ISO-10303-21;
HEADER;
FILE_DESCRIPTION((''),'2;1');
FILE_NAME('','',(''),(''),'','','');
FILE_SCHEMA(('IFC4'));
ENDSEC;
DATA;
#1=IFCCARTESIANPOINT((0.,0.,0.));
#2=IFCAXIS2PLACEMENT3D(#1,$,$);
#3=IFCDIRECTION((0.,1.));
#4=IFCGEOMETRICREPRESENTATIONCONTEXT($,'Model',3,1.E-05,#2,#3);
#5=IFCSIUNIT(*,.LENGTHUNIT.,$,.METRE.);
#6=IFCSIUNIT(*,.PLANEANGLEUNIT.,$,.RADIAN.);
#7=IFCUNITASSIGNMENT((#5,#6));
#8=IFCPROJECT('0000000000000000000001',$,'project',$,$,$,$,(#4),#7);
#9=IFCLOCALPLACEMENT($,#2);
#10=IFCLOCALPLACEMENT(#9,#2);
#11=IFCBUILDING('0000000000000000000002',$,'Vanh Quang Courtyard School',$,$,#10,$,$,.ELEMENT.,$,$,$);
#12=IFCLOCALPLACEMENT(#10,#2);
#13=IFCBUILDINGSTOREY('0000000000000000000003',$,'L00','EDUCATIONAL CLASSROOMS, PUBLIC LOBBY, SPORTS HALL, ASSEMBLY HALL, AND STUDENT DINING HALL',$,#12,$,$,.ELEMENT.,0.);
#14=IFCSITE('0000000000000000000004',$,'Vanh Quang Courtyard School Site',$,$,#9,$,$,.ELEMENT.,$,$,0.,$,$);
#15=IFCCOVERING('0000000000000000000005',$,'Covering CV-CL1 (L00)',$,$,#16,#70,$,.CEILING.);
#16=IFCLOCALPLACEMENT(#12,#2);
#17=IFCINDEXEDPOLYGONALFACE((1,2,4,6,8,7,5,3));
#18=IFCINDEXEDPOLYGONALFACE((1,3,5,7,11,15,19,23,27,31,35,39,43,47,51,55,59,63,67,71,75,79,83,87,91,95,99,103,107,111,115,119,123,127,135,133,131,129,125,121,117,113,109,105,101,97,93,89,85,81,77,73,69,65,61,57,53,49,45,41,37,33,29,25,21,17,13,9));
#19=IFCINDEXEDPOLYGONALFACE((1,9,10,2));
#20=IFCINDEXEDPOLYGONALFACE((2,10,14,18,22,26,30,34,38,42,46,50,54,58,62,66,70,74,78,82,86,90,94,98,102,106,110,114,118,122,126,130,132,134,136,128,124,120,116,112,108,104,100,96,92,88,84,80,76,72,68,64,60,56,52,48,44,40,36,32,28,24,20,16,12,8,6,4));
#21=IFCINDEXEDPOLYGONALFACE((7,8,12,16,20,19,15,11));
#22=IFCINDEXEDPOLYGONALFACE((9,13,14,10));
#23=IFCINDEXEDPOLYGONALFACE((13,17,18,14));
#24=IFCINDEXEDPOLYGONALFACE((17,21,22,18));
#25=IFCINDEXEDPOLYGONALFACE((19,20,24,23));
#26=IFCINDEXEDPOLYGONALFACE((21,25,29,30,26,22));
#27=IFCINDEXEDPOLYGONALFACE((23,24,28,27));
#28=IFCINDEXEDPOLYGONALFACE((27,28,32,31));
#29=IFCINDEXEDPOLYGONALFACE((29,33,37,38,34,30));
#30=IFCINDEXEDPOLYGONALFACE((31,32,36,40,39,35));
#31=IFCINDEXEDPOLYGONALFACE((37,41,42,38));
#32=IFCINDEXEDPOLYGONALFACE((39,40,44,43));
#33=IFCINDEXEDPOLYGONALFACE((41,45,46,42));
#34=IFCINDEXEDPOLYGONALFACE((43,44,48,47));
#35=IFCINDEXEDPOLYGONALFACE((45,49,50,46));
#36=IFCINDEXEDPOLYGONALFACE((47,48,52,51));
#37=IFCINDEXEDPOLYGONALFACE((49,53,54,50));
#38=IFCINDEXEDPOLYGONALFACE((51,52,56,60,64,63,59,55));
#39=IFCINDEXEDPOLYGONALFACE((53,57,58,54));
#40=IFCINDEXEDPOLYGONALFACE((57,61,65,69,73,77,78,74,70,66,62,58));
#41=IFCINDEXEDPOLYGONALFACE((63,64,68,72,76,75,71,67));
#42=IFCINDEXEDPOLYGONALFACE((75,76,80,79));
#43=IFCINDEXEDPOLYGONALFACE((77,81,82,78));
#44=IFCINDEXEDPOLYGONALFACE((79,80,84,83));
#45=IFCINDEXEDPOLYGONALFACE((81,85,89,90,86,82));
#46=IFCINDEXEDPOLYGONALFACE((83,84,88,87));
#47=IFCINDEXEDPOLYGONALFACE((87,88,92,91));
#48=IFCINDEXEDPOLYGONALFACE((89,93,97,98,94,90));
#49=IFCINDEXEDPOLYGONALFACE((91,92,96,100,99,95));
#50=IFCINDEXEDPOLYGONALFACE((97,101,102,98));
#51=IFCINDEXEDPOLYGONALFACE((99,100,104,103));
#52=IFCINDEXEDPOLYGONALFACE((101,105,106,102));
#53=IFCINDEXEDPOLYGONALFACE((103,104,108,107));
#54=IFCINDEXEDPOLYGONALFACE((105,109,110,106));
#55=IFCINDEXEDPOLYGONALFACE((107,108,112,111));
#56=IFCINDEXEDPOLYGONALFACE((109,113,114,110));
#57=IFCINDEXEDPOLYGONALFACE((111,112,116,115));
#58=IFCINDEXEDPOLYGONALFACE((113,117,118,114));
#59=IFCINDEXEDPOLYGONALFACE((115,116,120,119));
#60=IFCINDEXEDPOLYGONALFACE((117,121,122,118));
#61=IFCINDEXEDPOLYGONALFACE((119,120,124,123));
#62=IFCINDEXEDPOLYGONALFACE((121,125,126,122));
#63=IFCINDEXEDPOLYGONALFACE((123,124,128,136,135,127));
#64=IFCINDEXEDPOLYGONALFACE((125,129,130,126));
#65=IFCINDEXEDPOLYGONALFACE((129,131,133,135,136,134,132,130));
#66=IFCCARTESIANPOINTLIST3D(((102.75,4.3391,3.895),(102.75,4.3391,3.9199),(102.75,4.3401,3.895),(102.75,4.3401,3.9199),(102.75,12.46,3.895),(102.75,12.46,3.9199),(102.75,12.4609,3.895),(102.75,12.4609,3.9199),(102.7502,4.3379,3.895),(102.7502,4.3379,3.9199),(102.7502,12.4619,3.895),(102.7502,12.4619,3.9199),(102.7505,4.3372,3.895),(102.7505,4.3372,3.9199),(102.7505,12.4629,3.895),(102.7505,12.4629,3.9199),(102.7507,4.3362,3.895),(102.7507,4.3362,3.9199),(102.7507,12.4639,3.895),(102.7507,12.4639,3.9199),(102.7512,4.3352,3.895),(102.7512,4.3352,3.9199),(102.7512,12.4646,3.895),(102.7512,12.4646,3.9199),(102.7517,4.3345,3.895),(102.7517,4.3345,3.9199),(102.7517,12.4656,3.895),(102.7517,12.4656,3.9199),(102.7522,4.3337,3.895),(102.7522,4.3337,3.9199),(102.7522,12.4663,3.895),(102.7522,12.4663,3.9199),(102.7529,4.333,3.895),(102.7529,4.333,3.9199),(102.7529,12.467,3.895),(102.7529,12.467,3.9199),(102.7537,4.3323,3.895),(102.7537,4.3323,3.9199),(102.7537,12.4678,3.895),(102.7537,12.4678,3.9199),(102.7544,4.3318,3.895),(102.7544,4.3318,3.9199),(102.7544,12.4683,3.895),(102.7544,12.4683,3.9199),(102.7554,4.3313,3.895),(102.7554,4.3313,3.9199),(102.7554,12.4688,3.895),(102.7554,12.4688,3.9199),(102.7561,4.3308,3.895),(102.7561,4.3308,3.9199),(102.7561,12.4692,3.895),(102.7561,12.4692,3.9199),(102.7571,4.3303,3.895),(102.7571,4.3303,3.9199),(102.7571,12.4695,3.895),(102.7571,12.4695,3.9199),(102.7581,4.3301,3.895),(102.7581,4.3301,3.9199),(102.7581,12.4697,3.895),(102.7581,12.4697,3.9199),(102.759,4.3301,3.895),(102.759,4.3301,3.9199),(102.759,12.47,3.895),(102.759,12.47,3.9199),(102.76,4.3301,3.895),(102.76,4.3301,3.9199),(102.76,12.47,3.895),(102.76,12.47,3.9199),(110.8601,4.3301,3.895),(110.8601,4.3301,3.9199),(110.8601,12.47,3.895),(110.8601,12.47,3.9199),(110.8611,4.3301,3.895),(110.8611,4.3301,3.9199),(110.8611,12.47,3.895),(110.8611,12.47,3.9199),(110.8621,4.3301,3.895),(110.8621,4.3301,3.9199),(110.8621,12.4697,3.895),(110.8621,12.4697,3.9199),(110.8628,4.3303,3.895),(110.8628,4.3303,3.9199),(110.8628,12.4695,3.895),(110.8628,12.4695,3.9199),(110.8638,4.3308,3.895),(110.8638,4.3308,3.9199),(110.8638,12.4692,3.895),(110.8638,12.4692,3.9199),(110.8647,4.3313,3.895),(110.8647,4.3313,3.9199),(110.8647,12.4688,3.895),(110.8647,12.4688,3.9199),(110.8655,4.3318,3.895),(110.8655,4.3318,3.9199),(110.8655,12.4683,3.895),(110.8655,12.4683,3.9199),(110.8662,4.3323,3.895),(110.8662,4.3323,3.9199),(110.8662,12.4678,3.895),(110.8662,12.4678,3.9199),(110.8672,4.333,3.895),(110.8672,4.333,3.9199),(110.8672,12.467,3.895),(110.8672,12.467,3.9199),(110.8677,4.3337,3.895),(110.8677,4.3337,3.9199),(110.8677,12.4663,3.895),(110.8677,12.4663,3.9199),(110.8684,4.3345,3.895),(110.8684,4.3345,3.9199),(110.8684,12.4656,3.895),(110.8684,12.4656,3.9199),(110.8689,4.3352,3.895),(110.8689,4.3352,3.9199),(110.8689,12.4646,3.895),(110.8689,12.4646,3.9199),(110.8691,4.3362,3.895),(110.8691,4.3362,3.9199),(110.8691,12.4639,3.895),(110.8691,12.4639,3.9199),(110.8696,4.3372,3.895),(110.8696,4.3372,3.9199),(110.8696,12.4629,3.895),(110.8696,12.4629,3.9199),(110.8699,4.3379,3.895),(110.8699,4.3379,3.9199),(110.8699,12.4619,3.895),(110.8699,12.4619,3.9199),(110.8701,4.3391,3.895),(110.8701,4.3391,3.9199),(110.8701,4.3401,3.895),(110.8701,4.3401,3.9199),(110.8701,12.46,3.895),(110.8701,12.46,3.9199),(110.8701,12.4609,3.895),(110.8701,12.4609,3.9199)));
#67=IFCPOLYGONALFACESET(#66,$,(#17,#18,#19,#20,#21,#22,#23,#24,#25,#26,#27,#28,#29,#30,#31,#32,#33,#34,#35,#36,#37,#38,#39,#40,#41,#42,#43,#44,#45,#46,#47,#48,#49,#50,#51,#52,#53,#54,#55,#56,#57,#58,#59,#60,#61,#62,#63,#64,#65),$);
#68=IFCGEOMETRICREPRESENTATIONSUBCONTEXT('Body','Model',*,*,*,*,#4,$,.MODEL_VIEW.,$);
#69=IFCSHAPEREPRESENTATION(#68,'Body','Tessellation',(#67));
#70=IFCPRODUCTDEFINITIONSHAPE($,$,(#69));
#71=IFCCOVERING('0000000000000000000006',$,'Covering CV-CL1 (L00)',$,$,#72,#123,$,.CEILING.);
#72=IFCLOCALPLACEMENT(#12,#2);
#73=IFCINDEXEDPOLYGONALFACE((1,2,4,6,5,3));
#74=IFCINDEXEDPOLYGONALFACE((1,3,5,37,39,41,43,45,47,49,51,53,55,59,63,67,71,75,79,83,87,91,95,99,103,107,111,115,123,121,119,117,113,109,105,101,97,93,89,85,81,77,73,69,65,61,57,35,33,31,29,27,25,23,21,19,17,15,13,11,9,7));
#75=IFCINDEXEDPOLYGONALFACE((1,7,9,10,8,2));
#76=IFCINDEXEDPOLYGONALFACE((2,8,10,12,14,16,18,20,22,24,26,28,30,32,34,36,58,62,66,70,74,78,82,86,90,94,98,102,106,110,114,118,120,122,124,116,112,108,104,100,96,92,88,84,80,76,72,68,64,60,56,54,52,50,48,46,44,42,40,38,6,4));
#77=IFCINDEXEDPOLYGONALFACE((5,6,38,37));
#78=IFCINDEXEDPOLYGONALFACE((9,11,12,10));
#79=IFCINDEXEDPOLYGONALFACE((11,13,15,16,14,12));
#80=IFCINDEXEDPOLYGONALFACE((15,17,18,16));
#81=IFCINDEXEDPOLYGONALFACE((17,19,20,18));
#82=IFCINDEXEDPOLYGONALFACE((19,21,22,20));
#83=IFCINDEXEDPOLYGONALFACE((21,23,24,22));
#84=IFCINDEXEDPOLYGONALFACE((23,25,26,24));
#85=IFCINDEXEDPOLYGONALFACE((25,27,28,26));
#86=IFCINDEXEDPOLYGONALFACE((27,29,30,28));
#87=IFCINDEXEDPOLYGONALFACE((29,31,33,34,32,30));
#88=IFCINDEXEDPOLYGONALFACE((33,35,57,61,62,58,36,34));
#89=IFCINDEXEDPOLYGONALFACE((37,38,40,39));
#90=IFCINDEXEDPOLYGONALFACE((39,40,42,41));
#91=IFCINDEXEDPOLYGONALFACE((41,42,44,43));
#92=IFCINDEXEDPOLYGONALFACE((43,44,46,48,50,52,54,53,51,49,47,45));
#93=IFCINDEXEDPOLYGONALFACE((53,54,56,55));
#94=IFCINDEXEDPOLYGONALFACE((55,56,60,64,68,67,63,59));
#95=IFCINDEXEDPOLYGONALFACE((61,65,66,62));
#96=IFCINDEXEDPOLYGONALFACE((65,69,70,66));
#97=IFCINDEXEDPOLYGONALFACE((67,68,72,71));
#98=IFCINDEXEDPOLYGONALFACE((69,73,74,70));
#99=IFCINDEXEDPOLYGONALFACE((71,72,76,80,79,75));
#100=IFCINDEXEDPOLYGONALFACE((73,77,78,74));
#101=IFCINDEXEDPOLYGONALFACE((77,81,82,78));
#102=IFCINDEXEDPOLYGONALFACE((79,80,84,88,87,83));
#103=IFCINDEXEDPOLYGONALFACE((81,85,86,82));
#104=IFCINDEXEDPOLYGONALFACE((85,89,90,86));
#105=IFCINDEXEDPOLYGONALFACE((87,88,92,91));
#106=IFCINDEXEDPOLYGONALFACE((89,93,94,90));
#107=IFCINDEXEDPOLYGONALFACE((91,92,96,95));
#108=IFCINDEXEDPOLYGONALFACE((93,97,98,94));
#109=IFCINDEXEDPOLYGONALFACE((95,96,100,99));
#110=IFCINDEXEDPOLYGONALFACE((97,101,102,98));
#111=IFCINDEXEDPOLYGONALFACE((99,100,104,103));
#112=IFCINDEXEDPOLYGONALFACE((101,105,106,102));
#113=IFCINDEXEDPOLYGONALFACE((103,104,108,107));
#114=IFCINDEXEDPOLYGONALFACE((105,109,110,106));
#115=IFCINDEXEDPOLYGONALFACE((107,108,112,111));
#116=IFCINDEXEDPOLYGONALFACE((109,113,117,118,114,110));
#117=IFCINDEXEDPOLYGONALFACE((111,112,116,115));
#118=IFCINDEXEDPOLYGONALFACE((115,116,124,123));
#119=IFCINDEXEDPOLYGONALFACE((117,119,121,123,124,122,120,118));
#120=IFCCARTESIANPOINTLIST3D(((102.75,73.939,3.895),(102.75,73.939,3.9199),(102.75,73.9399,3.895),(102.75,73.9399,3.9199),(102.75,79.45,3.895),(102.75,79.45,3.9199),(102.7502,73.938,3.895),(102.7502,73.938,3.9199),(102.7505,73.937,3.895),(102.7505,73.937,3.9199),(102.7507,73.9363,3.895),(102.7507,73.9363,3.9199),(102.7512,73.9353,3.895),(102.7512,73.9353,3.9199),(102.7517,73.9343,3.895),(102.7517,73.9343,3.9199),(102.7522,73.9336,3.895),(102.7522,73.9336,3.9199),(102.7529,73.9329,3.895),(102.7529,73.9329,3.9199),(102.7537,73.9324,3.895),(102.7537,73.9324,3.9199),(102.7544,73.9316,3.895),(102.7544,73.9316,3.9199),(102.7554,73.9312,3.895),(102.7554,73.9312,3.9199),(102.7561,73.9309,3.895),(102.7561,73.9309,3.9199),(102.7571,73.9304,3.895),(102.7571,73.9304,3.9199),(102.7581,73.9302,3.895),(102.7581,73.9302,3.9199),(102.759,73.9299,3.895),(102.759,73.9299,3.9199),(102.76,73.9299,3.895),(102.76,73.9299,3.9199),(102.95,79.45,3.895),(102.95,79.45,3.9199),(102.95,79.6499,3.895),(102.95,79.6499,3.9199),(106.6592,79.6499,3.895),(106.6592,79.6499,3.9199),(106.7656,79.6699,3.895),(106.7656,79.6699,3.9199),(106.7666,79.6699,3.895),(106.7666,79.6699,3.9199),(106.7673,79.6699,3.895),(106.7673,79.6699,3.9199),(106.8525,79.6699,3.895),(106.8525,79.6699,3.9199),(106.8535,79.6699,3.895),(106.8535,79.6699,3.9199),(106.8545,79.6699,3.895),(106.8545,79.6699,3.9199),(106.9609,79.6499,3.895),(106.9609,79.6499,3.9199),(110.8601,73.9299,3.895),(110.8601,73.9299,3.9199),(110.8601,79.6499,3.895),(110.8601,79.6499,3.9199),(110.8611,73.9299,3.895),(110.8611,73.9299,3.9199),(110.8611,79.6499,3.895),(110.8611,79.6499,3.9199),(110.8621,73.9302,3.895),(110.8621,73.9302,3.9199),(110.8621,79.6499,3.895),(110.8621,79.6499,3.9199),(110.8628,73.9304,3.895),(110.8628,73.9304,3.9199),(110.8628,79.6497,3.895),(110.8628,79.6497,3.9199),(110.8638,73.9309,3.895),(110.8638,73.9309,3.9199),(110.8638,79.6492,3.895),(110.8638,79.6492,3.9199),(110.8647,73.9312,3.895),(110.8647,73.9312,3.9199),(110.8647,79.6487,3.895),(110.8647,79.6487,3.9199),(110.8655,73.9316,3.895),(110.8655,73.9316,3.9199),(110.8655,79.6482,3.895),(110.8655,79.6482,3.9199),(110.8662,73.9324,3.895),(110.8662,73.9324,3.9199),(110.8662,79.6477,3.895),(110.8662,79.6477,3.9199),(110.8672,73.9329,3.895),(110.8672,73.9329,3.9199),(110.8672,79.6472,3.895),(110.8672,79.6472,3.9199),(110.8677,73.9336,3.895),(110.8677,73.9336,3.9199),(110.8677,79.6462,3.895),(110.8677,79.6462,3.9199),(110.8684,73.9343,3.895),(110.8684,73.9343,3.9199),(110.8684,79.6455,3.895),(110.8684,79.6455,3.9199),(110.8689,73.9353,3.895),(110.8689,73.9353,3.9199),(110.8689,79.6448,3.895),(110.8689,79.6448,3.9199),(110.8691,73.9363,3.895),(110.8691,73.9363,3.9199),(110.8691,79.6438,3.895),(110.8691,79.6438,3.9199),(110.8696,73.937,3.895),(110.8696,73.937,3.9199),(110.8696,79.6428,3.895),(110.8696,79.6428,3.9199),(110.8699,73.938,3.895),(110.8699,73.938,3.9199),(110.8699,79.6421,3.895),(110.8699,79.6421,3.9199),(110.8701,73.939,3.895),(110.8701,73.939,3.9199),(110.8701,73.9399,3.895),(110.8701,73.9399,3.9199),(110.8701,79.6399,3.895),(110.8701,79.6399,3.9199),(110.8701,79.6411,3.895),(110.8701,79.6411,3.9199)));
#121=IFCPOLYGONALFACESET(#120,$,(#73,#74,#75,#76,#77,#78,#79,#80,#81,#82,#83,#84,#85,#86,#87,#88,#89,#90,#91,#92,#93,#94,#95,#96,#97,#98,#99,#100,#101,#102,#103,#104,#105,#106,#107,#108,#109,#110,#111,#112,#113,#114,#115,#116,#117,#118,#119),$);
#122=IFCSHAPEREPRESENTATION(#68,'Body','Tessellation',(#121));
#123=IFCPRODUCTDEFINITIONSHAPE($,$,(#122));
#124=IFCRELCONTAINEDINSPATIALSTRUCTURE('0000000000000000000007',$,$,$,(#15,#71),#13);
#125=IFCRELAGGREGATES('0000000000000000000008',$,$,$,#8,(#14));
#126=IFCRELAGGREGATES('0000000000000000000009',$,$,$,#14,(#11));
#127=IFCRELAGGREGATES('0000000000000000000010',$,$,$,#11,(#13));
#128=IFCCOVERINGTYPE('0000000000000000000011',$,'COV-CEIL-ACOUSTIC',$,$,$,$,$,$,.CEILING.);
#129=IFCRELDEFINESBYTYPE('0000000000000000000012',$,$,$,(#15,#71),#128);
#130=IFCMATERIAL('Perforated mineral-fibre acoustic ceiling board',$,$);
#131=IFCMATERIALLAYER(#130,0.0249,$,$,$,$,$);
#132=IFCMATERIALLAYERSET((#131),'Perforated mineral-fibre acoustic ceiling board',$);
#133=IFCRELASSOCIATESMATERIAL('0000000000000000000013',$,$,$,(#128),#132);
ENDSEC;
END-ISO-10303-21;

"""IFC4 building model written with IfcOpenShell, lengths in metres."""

from ifc_helpers import new_model, si_unit, direction, frame, origin, place, context, subcontext, project, spatial, polyline, outline, extrude, material, layer, layer_set, type_object, element, save


model = new_model("IFC4")

# Units and contexts
model_context = context("Model", 3, precision=1e-05, world=origin(), true_north=direction((0.0, 1.0)))
body_context = subcontext(model_context, "Body", "Model", "MODEL_VIEW")
ifc_project = project(units=[si_unit("LENGTHUNIT", "METRE"), si_unit("PLANEANGLEUNIT", "RADIAN")], contexts=[model_context])

# Site, building, storey
site_placement = place(None, origin())
site = spatial("IfcSite", under=ifc_project, at=site_placement, Name="Vanh Quang Courtyard School Site", CompositionType="ELEMENT", RefElevation=0.0)
building_placement = place(site_placement, origin())
building = spatial("IfcBuilding", under=site, at=building_placement, Name="Vanh Quang Courtyard School", CompositionType="ELEMENT")
storey_placement = place(building_placement, origin())
storey = spatial("IfcBuildingStorey", under=building, at=storey_placement, Name="L00", Description="EDUCATIONAL CLASSROOMS, PUBLIC LOBBY, SPORTS HALL, ASSEMBLY HALL, AND STUDENT DINING HALL", CompositionType="ELEMENT", Elevation=0.0)

# Coverings
ifc_material_1 = material(Name="Perforated mineral-fibre acoustic ceiling board")
ifc_layer_1 = layer(ifc_material_1, 0.0249)
ifc_layer_set_1 = layer_set([ifc_layer_1], Name="Perforated mineral-fibre acoustic ceiling board")
covering_type = type_object("IfcCoveringType", Name="COV-CEIL-ACOUSTIC", PredefinedType="CEILING", material=ifc_layer_set_1)
covering_1_placement = place(storey_placement, frame((0.0, 0.0, 3.895)))
element("IfcCovering", 1, at=covering_1_placement, inside=storey, type_object=covering_type, Name="Covering CV-CL1 (L00)", PredefinedType="CEILING", context=body_context, shape_type="SweptSolid", body=[
    extrude(outline(polyline([(102.76, 4.3301), (102.759, 4.3301), (102.7581, 4.3301), (102.7571, 4.3303), (102.7561, 4.3308), (102.7554, 4.3313), (102.7544, 4.3318), (102.7537, 4.3323), (102.7529, 4.333), (102.7522, 4.3337), (102.7517, 4.3345), (102.7512, 4.3352), (102.7507, 4.3362), (102.7505, 4.3372), (102.7502, 4.3379), (102.75, 4.3391), (102.75, 4.3401), (102.75, 12.46), (102.75, 12.4609), (102.7502, 12.4619), (102.7505, 12.4629), (102.7507, 12.4639), (102.7512, 12.4646), (102.7517, 12.4656), (102.7522, 12.4663), (102.7529, 12.467), (102.7537, 12.4678), (102.7544, 12.4683), (102.7554, 12.4688), (102.7561, 12.4692), (102.7571, 12.4695), (102.7581, 12.4697), (102.759, 12.47), (102.76, 12.47), (110.8601, 12.47), (110.8611, 12.47), (110.8621, 12.4697), (110.8628, 12.4695), (110.8638, 12.4692), (110.8647, 12.4688), (110.8655, 12.4683), (110.8662, 12.4678), (110.8672, 12.467), (110.8677, 12.4663), (110.8684, 12.4656), (110.8689, 12.4646), (110.8691, 12.4639), (110.8696, 12.4629), (110.8699, 12.4619), (110.8701, 12.4609), (110.8701, 12.46), (110.8701, 4.3401), (110.8701, 4.3391), (110.8699, 4.3379), (110.8696, 4.3372), (110.8691, 4.3362), (110.8689, 4.3352), (110.8684, 4.3345), (110.8677, 4.3337), (110.8672, 4.333), (110.8662, 4.3323), (110.8655, 4.3318), (110.8647, 4.3313), (110.8638, 4.3308), (110.8628, 4.3303), (110.8621, 4.3301), (110.8611, 4.3301), (110.8601, 4.3301), (102.76, 4.3301)])), origin(), (0.0, 0.0, 1.0), 0.0249),
])
covering_2_placement = place(storey_placement, frame((0.0, 0.0, 3.895)))
element("IfcCovering", 2, at=covering_2_placement, inside=storey, type_object=covering_type, Name="Covering CV-CL1 (L00)", PredefinedType="CEILING", context=body_context, shape_type="SweptSolid", body=[
    extrude(outline(polyline([(102.75, 79.45), (102.95, 79.45), (102.95, 79.6499), (106.6592, 79.6499), (106.7656, 79.6699), (106.7666, 79.6699), (106.7673, 79.6699), (106.8525, 79.6699), (106.8535, 79.6699), (106.8545, 79.6699), (106.9609, 79.6499), (110.8601, 79.6499), (110.8611, 79.6499), (110.8621, 79.6499), (110.8628, 79.6497), (110.8638, 79.6492), (110.8647, 79.6487), (110.8655, 79.6482), (110.8662, 79.6477), (110.8672, 79.6472), (110.8677, 79.6462), (110.8684, 79.6455), (110.8689, 79.6448), (110.8691, 79.6438), (110.8696, 79.6428), (110.8699, 79.6421), (110.8701, 79.6411), (110.8701, 79.6399), (110.8701, 73.9399), (110.8701, 73.939), (110.8699, 73.938), (110.8696, 73.937), (110.8691, 73.9363), (110.8689, 73.9353), (110.8684, 73.9343), (110.8677, 73.9336), (110.8672, 73.9329), (110.8662, 73.9324), (110.8655, 73.9316), (110.8647, 73.9312), (110.8638, 73.9309), (110.8628, 73.9304), (110.8621, 73.9302), (110.8611, 73.9299), (110.8601, 73.9299), (102.76, 73.9299), (102.759, 73.9299), (102.7581, 73.9302), (102.7571, 73.9304), (102.7561, 73.9309), (102.7554, 73.9312), (102.7544, 73.9316), (102.7537, 73.9324), (102.7529, 73.9329), (102.7522, 73.9336), (102.7517, 73.9343), (102.7512, 73.9353), (102.7507, 73.9363), (102.7505, 73.937), (102.7502, 73.938), (102.75, 73.939), (102.75, 73.9399), (102.75, 79.45)])), origin(), (0.0, 0.0, 1.0), 0.0249),
])

save(model, "model.ifc")
